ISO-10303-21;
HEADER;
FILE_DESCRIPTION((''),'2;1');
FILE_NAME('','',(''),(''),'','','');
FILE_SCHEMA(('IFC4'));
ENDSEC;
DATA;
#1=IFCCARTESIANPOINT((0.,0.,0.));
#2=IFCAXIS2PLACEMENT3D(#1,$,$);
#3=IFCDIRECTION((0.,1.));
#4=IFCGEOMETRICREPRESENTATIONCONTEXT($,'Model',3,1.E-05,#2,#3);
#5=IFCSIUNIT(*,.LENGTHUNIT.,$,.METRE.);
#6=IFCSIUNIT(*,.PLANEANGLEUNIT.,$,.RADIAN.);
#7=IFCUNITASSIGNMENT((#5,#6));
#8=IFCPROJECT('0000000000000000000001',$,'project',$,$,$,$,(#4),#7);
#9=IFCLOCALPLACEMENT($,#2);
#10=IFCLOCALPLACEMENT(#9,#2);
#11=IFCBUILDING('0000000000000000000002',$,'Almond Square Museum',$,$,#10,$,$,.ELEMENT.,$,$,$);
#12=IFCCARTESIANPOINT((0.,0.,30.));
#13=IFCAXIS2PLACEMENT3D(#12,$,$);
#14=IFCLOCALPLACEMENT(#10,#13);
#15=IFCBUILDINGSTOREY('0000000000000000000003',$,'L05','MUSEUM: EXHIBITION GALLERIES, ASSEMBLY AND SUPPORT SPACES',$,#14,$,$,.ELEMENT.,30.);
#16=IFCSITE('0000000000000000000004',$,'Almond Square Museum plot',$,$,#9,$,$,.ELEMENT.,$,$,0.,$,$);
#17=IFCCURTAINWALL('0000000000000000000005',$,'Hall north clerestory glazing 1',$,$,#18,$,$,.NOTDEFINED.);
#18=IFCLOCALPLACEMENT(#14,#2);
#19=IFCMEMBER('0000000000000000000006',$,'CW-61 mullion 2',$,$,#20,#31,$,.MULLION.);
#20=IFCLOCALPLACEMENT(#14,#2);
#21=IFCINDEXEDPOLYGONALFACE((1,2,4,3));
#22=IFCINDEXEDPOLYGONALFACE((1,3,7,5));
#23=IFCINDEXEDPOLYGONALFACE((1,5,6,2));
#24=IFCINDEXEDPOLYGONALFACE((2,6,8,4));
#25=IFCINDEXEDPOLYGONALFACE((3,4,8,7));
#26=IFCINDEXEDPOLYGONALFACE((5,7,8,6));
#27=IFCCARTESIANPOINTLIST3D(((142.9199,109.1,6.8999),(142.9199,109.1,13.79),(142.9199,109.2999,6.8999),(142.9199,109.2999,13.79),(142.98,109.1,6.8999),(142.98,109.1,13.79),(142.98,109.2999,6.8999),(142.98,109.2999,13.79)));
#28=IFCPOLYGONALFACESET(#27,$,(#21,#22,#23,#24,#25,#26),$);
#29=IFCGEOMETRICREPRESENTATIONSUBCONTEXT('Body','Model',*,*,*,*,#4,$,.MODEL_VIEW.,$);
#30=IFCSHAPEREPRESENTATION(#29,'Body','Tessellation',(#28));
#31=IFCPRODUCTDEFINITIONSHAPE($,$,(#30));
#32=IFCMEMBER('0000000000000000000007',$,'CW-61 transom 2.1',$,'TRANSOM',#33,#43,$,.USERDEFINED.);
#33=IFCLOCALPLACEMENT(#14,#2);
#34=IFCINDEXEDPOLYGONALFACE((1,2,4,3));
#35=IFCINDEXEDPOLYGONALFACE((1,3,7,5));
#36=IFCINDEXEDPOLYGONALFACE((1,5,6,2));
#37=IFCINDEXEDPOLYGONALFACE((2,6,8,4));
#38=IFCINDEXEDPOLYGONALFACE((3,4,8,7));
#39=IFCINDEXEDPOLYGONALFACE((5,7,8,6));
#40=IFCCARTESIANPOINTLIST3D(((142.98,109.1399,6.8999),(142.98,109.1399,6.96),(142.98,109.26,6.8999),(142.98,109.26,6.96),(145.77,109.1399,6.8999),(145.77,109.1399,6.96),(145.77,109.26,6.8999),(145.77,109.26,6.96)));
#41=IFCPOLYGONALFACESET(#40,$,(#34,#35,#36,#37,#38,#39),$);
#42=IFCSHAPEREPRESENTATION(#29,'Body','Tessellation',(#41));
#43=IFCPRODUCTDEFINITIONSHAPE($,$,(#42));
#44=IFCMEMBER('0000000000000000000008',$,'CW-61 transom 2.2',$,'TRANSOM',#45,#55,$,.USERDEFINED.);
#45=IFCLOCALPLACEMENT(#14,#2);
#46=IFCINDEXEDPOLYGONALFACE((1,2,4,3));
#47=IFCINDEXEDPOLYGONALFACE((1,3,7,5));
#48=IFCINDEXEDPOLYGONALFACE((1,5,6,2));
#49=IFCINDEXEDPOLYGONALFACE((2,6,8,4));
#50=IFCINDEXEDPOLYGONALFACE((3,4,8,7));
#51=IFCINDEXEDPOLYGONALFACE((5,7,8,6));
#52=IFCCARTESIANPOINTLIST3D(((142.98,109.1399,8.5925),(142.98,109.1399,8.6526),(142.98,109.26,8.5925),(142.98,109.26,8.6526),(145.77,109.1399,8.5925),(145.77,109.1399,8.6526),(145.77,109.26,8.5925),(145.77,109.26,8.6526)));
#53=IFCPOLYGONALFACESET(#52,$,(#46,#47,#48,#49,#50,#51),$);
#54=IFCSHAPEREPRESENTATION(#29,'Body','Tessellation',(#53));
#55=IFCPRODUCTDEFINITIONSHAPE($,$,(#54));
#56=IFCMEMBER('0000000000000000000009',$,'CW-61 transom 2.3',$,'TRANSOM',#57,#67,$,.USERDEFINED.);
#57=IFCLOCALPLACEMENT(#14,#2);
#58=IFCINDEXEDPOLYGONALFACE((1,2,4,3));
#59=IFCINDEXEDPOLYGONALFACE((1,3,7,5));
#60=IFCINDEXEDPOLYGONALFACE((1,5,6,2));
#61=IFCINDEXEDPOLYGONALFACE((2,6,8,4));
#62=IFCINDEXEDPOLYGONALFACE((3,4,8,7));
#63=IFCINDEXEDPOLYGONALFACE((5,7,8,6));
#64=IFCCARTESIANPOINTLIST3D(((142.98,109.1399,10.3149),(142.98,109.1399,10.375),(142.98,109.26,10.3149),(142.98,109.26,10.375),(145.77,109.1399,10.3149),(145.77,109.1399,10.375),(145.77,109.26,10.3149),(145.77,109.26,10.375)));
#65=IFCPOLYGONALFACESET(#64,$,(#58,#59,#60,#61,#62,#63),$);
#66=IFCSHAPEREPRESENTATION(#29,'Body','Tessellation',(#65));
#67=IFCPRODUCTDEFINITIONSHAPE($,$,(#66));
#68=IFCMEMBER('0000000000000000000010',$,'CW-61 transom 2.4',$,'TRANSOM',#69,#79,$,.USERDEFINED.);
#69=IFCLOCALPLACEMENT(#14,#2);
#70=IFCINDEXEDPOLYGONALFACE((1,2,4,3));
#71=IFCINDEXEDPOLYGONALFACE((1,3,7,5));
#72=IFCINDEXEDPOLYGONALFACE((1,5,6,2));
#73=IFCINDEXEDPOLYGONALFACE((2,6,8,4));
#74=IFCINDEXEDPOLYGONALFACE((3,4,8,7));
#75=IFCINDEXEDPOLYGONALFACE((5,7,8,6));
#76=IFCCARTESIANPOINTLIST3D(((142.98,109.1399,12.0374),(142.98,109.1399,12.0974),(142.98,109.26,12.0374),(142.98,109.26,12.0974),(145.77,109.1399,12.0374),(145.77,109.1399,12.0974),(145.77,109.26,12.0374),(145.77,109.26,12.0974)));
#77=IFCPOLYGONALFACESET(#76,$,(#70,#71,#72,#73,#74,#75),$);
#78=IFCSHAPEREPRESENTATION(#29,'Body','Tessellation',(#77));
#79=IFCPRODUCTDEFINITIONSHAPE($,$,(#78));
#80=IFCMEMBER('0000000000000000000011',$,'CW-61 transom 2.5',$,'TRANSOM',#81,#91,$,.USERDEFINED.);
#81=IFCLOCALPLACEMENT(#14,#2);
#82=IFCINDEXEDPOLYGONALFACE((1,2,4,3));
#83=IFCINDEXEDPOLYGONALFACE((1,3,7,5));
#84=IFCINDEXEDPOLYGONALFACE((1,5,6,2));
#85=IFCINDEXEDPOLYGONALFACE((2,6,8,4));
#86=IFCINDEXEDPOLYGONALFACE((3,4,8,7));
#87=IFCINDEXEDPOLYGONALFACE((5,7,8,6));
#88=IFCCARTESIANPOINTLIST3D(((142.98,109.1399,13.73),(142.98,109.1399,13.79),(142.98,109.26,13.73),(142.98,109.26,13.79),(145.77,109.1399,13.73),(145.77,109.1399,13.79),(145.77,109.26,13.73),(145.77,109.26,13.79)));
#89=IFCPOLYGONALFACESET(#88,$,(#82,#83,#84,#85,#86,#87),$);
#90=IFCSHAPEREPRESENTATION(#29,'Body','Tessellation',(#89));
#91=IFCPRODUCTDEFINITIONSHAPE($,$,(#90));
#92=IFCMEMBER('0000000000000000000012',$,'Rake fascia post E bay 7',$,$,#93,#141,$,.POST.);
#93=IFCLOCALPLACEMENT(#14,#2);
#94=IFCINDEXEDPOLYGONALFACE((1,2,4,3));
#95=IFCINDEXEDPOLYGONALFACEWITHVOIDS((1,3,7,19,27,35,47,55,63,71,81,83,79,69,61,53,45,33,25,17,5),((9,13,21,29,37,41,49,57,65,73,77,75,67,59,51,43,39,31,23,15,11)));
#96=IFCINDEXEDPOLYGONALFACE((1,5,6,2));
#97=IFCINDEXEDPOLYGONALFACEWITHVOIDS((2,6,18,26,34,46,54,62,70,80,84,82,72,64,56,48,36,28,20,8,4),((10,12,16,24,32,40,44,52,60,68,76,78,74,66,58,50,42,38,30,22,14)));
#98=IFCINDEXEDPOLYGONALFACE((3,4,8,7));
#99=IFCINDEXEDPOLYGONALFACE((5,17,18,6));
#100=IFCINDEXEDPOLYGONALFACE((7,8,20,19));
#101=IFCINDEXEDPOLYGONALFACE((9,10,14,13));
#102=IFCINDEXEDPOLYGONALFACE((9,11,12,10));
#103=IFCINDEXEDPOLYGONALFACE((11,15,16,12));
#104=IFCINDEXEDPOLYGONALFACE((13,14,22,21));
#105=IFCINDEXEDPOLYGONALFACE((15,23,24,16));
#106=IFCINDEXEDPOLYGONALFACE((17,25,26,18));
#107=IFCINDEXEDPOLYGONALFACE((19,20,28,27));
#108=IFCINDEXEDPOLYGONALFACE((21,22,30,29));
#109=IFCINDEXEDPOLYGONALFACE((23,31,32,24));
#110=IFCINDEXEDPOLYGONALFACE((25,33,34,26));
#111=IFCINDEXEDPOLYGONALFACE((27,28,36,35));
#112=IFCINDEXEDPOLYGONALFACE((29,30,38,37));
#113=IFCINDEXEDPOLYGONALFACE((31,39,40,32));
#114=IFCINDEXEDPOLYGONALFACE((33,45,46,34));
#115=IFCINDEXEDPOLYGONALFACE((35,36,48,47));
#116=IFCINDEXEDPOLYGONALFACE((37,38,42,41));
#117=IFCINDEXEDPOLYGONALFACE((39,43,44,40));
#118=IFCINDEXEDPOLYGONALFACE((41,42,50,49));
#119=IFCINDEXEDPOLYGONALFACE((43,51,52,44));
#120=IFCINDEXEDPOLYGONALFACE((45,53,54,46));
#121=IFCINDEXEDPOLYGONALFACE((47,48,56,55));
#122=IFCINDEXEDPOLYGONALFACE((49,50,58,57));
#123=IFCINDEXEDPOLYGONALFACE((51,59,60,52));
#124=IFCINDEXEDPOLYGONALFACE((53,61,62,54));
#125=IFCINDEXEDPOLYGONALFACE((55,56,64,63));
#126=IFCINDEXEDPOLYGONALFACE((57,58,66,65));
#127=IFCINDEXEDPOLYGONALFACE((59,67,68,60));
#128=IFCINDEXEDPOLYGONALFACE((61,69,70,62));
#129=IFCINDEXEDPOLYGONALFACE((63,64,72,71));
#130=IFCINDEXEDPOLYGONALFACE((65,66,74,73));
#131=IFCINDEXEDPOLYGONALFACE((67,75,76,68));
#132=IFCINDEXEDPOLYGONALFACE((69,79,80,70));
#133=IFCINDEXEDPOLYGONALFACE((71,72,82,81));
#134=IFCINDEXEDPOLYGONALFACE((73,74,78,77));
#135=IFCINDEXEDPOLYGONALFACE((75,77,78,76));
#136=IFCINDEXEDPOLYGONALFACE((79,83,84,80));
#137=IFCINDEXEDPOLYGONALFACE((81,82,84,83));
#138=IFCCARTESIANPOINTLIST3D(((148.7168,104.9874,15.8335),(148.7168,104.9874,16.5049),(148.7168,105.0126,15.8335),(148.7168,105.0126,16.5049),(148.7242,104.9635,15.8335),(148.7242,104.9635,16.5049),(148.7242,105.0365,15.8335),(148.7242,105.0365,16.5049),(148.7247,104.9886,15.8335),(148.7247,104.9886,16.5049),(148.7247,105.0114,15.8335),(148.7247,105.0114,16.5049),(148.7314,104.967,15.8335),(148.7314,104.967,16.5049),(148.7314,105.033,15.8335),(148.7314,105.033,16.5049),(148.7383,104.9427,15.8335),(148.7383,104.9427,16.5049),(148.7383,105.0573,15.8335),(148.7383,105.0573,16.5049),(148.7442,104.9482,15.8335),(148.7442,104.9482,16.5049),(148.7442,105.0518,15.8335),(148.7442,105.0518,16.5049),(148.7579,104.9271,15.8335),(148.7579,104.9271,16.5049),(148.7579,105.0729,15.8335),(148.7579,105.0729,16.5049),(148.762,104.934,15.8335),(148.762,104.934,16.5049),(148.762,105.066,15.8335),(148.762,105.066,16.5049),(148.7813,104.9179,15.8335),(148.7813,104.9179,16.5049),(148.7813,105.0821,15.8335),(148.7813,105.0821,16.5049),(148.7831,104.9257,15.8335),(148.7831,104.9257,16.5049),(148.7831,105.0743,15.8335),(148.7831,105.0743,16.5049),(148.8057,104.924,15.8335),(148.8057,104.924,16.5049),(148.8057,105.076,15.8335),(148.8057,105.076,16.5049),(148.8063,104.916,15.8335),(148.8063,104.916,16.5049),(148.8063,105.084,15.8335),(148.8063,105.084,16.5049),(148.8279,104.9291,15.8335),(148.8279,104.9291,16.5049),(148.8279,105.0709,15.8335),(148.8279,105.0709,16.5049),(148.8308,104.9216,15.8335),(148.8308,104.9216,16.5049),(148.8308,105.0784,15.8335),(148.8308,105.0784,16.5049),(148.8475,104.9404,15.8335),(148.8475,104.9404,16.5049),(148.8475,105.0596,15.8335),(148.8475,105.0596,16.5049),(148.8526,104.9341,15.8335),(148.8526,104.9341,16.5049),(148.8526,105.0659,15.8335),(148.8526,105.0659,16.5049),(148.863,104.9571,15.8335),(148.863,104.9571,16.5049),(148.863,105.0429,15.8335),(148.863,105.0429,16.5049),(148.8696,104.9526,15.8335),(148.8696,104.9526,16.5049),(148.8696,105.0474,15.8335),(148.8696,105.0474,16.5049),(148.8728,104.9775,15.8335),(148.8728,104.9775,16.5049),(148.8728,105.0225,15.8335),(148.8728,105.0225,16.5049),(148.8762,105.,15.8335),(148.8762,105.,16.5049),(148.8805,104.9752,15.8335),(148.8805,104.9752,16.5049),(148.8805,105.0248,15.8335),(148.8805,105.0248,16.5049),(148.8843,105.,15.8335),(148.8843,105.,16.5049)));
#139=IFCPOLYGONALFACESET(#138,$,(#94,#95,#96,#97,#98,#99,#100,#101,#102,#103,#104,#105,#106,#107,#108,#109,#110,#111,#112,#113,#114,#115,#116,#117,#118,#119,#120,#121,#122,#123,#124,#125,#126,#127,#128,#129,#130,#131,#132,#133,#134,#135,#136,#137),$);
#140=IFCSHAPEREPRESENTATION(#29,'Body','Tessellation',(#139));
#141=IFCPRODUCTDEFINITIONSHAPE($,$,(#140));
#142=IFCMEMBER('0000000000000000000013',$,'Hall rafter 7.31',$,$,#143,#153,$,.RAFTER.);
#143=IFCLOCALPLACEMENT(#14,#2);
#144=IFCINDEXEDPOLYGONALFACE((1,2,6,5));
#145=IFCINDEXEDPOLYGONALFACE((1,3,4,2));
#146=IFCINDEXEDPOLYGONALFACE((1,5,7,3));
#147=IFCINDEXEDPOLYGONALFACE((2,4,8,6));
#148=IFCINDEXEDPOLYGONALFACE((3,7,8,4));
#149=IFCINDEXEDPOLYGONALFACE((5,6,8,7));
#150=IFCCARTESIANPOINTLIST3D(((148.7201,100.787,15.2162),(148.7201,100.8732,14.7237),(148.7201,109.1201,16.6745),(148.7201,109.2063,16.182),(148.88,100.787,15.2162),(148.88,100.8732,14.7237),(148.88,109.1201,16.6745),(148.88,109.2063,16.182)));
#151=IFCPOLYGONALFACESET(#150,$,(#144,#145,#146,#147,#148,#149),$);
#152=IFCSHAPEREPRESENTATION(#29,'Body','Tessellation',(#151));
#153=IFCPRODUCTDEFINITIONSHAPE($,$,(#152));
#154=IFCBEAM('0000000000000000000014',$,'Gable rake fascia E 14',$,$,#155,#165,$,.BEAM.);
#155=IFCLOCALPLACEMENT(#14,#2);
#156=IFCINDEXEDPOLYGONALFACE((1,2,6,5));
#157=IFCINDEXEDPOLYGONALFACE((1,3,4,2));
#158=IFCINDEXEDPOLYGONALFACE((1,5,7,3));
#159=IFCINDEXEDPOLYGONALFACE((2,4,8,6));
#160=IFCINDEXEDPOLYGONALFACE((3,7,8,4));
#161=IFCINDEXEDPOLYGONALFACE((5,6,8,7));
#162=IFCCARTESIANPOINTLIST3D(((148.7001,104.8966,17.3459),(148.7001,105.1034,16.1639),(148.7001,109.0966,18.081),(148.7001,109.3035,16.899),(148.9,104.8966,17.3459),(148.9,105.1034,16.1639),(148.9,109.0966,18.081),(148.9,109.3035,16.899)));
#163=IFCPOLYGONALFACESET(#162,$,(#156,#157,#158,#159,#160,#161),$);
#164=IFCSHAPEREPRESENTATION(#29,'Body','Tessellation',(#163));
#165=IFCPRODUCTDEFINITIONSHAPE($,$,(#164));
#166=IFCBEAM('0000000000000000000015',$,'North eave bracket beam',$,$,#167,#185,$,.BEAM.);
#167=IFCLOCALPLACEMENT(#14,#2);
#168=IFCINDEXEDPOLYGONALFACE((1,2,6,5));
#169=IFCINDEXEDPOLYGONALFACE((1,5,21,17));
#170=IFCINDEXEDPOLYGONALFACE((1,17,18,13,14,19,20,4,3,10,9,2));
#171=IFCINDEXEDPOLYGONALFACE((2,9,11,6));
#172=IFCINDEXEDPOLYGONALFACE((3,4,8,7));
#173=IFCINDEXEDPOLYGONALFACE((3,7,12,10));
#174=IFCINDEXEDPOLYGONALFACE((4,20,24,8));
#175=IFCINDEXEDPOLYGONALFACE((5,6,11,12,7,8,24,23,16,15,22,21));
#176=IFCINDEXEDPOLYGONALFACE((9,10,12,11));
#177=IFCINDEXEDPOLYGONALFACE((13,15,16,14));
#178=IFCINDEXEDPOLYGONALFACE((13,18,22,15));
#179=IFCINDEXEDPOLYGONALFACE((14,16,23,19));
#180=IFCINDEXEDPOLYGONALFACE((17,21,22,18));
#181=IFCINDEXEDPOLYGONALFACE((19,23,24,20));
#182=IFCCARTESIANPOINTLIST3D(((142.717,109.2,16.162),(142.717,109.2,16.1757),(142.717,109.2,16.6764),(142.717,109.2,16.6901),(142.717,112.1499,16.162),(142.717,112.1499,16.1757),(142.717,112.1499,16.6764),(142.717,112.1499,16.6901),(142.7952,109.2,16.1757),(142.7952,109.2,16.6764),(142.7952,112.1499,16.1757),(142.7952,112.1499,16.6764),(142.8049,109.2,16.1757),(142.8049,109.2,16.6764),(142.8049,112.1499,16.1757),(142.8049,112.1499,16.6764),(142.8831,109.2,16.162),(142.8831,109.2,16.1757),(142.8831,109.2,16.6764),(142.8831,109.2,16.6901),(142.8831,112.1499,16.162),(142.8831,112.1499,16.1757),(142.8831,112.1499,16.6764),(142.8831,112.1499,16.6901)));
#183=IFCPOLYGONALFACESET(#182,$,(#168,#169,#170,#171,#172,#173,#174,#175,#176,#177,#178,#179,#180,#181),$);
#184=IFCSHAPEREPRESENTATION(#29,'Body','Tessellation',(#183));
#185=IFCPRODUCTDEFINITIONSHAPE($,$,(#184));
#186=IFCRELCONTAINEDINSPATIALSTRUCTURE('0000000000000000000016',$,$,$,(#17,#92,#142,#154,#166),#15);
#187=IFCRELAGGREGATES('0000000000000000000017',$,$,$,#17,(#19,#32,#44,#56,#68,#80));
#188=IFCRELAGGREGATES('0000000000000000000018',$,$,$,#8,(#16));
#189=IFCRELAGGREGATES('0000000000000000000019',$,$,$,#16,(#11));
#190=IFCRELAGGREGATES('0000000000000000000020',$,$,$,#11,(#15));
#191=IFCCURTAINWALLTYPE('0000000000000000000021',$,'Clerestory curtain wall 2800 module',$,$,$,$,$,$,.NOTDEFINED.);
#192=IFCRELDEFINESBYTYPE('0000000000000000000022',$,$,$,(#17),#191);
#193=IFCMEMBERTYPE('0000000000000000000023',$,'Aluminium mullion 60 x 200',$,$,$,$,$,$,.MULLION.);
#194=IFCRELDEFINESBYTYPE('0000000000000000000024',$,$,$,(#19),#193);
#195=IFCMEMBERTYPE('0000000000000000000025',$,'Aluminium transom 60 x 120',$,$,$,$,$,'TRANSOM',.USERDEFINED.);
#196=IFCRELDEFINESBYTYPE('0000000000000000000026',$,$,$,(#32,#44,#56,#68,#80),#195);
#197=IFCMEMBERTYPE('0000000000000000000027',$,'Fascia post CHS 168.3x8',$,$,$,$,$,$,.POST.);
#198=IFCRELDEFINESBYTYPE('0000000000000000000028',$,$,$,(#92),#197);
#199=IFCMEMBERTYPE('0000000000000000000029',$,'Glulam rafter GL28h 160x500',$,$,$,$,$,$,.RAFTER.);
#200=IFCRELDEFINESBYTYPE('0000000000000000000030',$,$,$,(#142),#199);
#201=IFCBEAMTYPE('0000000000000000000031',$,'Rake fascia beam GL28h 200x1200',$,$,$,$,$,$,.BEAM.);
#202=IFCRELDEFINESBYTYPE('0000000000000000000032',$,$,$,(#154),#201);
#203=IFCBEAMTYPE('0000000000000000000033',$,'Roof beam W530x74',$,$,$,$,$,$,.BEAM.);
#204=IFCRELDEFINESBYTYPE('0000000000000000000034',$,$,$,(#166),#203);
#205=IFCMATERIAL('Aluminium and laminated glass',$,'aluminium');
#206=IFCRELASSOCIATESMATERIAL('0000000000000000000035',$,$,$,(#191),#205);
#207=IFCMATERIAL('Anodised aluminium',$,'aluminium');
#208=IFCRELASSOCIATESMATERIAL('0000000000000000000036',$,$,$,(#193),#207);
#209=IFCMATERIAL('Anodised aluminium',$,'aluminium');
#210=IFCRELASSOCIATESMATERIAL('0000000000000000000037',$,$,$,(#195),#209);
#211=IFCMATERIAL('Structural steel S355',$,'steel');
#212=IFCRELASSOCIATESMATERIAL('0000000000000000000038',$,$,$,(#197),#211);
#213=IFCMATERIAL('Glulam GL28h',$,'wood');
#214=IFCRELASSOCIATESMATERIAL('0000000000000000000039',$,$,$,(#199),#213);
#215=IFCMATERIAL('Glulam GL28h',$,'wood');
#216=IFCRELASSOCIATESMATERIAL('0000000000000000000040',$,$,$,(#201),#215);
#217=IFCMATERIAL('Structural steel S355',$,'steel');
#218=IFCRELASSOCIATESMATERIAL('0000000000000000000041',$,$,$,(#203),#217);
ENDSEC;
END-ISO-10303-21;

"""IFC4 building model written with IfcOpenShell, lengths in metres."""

from ifc_helpers import new_model, si_unit, direction, frame, origin, origin_2d, place, context, subcontext, project, spatial, rectangle, hollow_circle, i_section, extrude, material, material_profile, profile_set, type_object, element, aggregate, save


model = new_model("IFC4")

# Units and contexts
model_context = context("Model", 3, precision=1e-05, world=origin(), true_north=direction((0.0, 1.0)))
body_context = subcontext(model_context, "Body", "Model", "MODEL_VIEW")
ifc_project = project(units=[si_unit("LENGTHUNIT", "METRE"), si_unit("PLANEANGLEUNIT", "RADIAN")], contexts=[model_context])

# Site, building, storey
site_placement = place(None, origin())
site = spatial("IfcSite", under=ifc_project, at=site_placement, Name="Almond Square Museum plot", CompositionType="ELEMENT", RefElevation=0.0)
building_placement = place(site_placement, origin())
building = spatial("IfcBuilding", under=site, at=building_placement, Name="Almond Square Museum", CompositionType="ELEMENT")
storey_placement = place(building_placement, frame((0.0, 0.0, 30.0)))
storey = spatial("IfcBuildingStorey", under=building, at=storey_placement, Name="L05", Description="MUSEUM: EXHIBITION GALLERIES, ASSEMBLY AND SUPPORT SPACES", CompositionType="ELEMENT", Elevation=30.0)

# Curtain wall, members
ifc_material_1 = material(Name="Aluminium and laminated glass", Category="aluminium")
curtain_wall_type = type_object("IfcCurtainWallType", Name="Clerestory curtain wall 2800 module", PredefinedType="NOTDEFINED", material=ifc_material_1)
curtain_wall_placement = place(storey_placement, origin())
curtain_wall = element("IfcCurtainWall", 1, at=curtain_wall_placement, inside=storey, type_object=curtain_wall_type, Name="Hall north clerestory glazing 1", PredefinedType="NOTDEFINED")
ifc_material_2 = material(Name="Anodised aluminium", Category="aluminium")
ifc_material_profile_1 = material_profile(ifc_material_2, rectangle(XDim=0.2, YDim=0.0601, at=origin_2d()))
ifc_profile_set_1 = profile_set([ifc_material_profile_1], Name="Anodised aluminium")
member_type_1 = type_object("IfcMemberType", Name="Aluminium mullion 60 x 200", PredefinedType="MULLION", material=ifc_profile_set_1)
member_1_placement = place(storey_placement, frame((142.95, 109.2, 6.8999), z_axis=(0.0, 0.0, 1.0), x_axis=(0.0, 1.0, 0.0)))
member_1 = element("IfcMember", 2, at=member_1_placement, type_object=member_type_1, Name="CW-61 mullion 2", PredefinedType="MULLION", context=body_context, shape_type="SweptSolid", body=[
    extrude(rectangle(XDim=0.2, YDim=0.0601, at=origin_2d()), origin(), (0.0, 0.0, 1.0), 6.8901),
])
ifc_material_3 = material(Name="Anodised aluminium", Category="aluminium")
ifc_material_profile_2 = material_profile(ifc_material_3, rectangle(XDim=0.1201, YDim=0.0601, at=origin_2d()))
ifc_profile_set_2 = profile_set([ifc_material_profile_2], Name="Anodised aluminium")
member_type_2 = type_object("IfcMemberType", Name="Aluminium transom 60 x 120", ElementType="TRANSOM", PredefinedType="USERDEFINED", material=ifc_profile_set_2)
member_2_placement = place(storey_placement, frame((142.98, 109.2, 6.9299), z_axis=(1.0, 0.0, 0.0), x_axis=(0.0, 1.0, 0.0)))
member_2 = element("IfcMember", 3, at=member_2_placement, type_object=member_type_2, Name="CW-61 transom 2.1", ObjectType="TRANSOM", PredefinedType="USERDEFINED", context=body_context, shape_type="SweptSolid", body=[
    extrude(rectangle(XDim=0.1201, YDim=0.0601, at=origin_2d()), origin(), (0.0, 0.0, 1.0), 2.79),
])
member_3_placement = place(storey_placement, frame((142.98, 109.2, 8.6226), z_axis=(1.0, 0.0, 0.0), x_axis=(0.0, 1.0, 0.0)))
member_3 = element("IfcMember", 4, at=member_3_placement, type_object=member_type_2, Name="CW-61 transom 2.2", ObjectType="TRANSOM", PredefinedType="USERDEFINED", context=body_context, shape_type="SweptSolid", body=[
    extrude(rectangle(XDim=0.1201, YDim=0.0601, at=origin_2d()), origin(), (0.0, 0.0, 1.0), 2.79),
])
member_4_placement = place(storey_placement, frame((142.98, 109.2, 10.345), z_axis=(1.0, 0.0, 0.0), x_axis=(0.0, 1.0, 0.0)))
member_4 = element("IfcMember", 5, at=member_4_placement, type_object=member_type_2, Name="CW-61 transom 2.3", ObjectType="TRANSOM", PredefinedType="USERDEFINED", context=body_context, shape_type="SweptSolid", body=[
    extrude(rectangle(XDim=0.1201, YDim=0.0601, at=origin_2d()), origin(), (0.0, 0.0, 1.0), 2.79),
])
member_5_placement = place(storey_placement, frame((142.98, 109.2, 12.0674), z_axis=(1.0, 0.0, 0.0), x_axis=(0.0, 1.0, 0.0)))
member_5 = element("IfcMember", 6, at=member_5_placement, type_object=member_type_2, Name="CW-61 transom 2.4", ObjectType="TRANSOM", PredefinedType="USERDEFINED", context=body_context, shape_type="SweptSolid", body=[
    extrude(rectangle(XDim=0.1201, YDim=0.0601, at=origin_2d()), origin(), (0.0, 0.0, 1.0), 2.79),
])
member_6_placement = place(storey_placement, frame((142.98, 109.2, 13.76), z_axis=(1.0, 0.0, 0.0), x_axis=(0.0, 1.0, 0.0)))
member_6 = element("IfcMember", 7, at=member_6_placement, type_object=member_type_2, Name="CW-61 transom 2.5", ObjectType="TRANSOM", PredefinedType="USERDEFINED", context=body_context, shape_type="SweptSolid", body=[
    extrude(rectangle(XDim=0.1201, YDim=0.0601, at=origin_2d()), origin(), (0.0, 0.0, 1.0), 2.79),
])

# Members
ifc_material_4 = material(Name="Structural steel S355", Category="steel")
ifc_material_profile_3 = material_profile(ifc_material_4, hollow_circle(Radius=0.0842, WallThickness=0.0081, at=origin_2d()))
ifc_profile_set_3 = profile_set([ifc_material_profile_3], Name="Structural steel S355")
member_type_3 = type_object("IfcMemberType", Name="Fascia post CHS 168.3x8", PredefinedType="POST", material=ifc_profile_set_3)
member_7_placement = place(storey_placement, frame((148.8, 105.0, 15.8335), z_axis=(0.0, 0.0, 1.0), x_axis=(1.0, 0.0, 0.0)))
element("IfcMember", 8, at=member_7_placement, inside=storey, type_object=member_type_3, Name="Rake fascia post E bay 7", PredefinedType="POST", context=body_context, shape_type="SweptSolid", body=[
    extrude(hollow_circle(Radius=0.0842, WallThickness=0.0081, at=origin_2d()), origin(), (0.0, 0.0, 1.0), 0.6714),
])
ifc_material_5 = material(Name="Glulam GL28h", Category="wood")
ifc_material_profile_4 = material_profile(ifc_material_5, rectangle(XDim=0.1599, YDim=0.5, at=origin_2d()))
ifc_profile_set_4 = profile_set([ifc_material_profile_4], Name="Glulam GL28h")
member_type_4 = type_object("IfcMemberType", Name="Glulam rafter GL28h 160x500", PredefinedType="RAFTER", material=ifc_profile_set_4)
member_8_placement = place(storey_placement, frame((148.8, 100.8301, 14.97), z_axis=(0.0, 0.985031, 0.172378), x_axis=(-1.0, 0.0, 0.0)))
element("IfcMember", 9, at=member_8_placement, inside=storey, type_object=member_type_4, Name="Hall rafter 7.31", PredefinedType="RAFTER", context=body_context, shape_type="SweptSolid", body=[
    extrude(rectangle(XDim=0.1599, YDim=0.5, at=origin_2d()), origin(), (0.0, 0.0, 1.0), 8.4597),
])

# Beams
ifc_material_6 = material(Name="Glulam GL28h", Category="wood")
ifc_material_profile_5 = material_profile(ifc_material_6, rectangle(XDim=0.2, YDim=1.2, at=origin_2d()))
ifc_profile_set_5 = profile_set([ifc_material_profile_5], Name="Glulam GL28h")
beam_type_1 = type_object("IfcBeamType", Name="Rake fascia beam GL28h 200x1200", PredefinedType="BEAM", material=ifc_profile_set_5)
beam_1_placement = place(storey_placement, frame((148.8, 105.0, 16.7549), z_axis=(0.0, 0.985026, 0.172407), x_axis=(-1.0, 0.0, 0.0)))
element("IfcBeam", 10, at=beam_1_placement, inside=storey, type_object=beam_type_1, Name="Gable rake fascia E 14", PredefinedType="BEAM", context=body_context, shape_type="SweptSolid", body=[
    extrude(rectangle(XDim=0.2, YDim=1.2, at=origin_2d()), origin(), (0.0, 0.0, 1.0), 4.2639),
])
ifc_material_7 = material(Name="Structural steel S355", Category="steel")
ifc_material_profile_6 = material_profile(ifc_material_7, i_section(OverallWidth=0.166, OverallDepth=0.5281, WebThickness=0.0098, FlangeThickness=0.0137, at=origin_2d()))
ifc_profile_set_6 = profile_set([ifc_material_profile_6], Name="Structural steel S355")
beam_type_2 = type_object("IfcBeamType", Name="Roof beam W530x74", PredefinedType="BEAM", material=ifc_profile_set_6)
beam_2_placement = place(storey_placement, frame((142.8, 109.2, 16.426), z_axis=(0.0, 1.0, 0.0), x_axis=(-1.0, 0.0, 0.0)))
element("IfcBeam", 11, at=beam_2_placement, inside=storey, type_object=beam_type_2, Name="North eave bracket beam", PredefinedType="BEAM", context=body_context, shape_type="SweptSolid", body=[
    extrude(i_section(OverallWidth=0.166, OverallDepth=0.5281, WebThickness=0.0098, FlangeThickness=0.0137, at=origin_2d()), origin(), (0.0, 0.0, 1.0), 2.95),
])

aggregate(curtain_wall, [member_1, member_2, member_3, member_4, member_5, member_6])

save(model, "model.ifc")
